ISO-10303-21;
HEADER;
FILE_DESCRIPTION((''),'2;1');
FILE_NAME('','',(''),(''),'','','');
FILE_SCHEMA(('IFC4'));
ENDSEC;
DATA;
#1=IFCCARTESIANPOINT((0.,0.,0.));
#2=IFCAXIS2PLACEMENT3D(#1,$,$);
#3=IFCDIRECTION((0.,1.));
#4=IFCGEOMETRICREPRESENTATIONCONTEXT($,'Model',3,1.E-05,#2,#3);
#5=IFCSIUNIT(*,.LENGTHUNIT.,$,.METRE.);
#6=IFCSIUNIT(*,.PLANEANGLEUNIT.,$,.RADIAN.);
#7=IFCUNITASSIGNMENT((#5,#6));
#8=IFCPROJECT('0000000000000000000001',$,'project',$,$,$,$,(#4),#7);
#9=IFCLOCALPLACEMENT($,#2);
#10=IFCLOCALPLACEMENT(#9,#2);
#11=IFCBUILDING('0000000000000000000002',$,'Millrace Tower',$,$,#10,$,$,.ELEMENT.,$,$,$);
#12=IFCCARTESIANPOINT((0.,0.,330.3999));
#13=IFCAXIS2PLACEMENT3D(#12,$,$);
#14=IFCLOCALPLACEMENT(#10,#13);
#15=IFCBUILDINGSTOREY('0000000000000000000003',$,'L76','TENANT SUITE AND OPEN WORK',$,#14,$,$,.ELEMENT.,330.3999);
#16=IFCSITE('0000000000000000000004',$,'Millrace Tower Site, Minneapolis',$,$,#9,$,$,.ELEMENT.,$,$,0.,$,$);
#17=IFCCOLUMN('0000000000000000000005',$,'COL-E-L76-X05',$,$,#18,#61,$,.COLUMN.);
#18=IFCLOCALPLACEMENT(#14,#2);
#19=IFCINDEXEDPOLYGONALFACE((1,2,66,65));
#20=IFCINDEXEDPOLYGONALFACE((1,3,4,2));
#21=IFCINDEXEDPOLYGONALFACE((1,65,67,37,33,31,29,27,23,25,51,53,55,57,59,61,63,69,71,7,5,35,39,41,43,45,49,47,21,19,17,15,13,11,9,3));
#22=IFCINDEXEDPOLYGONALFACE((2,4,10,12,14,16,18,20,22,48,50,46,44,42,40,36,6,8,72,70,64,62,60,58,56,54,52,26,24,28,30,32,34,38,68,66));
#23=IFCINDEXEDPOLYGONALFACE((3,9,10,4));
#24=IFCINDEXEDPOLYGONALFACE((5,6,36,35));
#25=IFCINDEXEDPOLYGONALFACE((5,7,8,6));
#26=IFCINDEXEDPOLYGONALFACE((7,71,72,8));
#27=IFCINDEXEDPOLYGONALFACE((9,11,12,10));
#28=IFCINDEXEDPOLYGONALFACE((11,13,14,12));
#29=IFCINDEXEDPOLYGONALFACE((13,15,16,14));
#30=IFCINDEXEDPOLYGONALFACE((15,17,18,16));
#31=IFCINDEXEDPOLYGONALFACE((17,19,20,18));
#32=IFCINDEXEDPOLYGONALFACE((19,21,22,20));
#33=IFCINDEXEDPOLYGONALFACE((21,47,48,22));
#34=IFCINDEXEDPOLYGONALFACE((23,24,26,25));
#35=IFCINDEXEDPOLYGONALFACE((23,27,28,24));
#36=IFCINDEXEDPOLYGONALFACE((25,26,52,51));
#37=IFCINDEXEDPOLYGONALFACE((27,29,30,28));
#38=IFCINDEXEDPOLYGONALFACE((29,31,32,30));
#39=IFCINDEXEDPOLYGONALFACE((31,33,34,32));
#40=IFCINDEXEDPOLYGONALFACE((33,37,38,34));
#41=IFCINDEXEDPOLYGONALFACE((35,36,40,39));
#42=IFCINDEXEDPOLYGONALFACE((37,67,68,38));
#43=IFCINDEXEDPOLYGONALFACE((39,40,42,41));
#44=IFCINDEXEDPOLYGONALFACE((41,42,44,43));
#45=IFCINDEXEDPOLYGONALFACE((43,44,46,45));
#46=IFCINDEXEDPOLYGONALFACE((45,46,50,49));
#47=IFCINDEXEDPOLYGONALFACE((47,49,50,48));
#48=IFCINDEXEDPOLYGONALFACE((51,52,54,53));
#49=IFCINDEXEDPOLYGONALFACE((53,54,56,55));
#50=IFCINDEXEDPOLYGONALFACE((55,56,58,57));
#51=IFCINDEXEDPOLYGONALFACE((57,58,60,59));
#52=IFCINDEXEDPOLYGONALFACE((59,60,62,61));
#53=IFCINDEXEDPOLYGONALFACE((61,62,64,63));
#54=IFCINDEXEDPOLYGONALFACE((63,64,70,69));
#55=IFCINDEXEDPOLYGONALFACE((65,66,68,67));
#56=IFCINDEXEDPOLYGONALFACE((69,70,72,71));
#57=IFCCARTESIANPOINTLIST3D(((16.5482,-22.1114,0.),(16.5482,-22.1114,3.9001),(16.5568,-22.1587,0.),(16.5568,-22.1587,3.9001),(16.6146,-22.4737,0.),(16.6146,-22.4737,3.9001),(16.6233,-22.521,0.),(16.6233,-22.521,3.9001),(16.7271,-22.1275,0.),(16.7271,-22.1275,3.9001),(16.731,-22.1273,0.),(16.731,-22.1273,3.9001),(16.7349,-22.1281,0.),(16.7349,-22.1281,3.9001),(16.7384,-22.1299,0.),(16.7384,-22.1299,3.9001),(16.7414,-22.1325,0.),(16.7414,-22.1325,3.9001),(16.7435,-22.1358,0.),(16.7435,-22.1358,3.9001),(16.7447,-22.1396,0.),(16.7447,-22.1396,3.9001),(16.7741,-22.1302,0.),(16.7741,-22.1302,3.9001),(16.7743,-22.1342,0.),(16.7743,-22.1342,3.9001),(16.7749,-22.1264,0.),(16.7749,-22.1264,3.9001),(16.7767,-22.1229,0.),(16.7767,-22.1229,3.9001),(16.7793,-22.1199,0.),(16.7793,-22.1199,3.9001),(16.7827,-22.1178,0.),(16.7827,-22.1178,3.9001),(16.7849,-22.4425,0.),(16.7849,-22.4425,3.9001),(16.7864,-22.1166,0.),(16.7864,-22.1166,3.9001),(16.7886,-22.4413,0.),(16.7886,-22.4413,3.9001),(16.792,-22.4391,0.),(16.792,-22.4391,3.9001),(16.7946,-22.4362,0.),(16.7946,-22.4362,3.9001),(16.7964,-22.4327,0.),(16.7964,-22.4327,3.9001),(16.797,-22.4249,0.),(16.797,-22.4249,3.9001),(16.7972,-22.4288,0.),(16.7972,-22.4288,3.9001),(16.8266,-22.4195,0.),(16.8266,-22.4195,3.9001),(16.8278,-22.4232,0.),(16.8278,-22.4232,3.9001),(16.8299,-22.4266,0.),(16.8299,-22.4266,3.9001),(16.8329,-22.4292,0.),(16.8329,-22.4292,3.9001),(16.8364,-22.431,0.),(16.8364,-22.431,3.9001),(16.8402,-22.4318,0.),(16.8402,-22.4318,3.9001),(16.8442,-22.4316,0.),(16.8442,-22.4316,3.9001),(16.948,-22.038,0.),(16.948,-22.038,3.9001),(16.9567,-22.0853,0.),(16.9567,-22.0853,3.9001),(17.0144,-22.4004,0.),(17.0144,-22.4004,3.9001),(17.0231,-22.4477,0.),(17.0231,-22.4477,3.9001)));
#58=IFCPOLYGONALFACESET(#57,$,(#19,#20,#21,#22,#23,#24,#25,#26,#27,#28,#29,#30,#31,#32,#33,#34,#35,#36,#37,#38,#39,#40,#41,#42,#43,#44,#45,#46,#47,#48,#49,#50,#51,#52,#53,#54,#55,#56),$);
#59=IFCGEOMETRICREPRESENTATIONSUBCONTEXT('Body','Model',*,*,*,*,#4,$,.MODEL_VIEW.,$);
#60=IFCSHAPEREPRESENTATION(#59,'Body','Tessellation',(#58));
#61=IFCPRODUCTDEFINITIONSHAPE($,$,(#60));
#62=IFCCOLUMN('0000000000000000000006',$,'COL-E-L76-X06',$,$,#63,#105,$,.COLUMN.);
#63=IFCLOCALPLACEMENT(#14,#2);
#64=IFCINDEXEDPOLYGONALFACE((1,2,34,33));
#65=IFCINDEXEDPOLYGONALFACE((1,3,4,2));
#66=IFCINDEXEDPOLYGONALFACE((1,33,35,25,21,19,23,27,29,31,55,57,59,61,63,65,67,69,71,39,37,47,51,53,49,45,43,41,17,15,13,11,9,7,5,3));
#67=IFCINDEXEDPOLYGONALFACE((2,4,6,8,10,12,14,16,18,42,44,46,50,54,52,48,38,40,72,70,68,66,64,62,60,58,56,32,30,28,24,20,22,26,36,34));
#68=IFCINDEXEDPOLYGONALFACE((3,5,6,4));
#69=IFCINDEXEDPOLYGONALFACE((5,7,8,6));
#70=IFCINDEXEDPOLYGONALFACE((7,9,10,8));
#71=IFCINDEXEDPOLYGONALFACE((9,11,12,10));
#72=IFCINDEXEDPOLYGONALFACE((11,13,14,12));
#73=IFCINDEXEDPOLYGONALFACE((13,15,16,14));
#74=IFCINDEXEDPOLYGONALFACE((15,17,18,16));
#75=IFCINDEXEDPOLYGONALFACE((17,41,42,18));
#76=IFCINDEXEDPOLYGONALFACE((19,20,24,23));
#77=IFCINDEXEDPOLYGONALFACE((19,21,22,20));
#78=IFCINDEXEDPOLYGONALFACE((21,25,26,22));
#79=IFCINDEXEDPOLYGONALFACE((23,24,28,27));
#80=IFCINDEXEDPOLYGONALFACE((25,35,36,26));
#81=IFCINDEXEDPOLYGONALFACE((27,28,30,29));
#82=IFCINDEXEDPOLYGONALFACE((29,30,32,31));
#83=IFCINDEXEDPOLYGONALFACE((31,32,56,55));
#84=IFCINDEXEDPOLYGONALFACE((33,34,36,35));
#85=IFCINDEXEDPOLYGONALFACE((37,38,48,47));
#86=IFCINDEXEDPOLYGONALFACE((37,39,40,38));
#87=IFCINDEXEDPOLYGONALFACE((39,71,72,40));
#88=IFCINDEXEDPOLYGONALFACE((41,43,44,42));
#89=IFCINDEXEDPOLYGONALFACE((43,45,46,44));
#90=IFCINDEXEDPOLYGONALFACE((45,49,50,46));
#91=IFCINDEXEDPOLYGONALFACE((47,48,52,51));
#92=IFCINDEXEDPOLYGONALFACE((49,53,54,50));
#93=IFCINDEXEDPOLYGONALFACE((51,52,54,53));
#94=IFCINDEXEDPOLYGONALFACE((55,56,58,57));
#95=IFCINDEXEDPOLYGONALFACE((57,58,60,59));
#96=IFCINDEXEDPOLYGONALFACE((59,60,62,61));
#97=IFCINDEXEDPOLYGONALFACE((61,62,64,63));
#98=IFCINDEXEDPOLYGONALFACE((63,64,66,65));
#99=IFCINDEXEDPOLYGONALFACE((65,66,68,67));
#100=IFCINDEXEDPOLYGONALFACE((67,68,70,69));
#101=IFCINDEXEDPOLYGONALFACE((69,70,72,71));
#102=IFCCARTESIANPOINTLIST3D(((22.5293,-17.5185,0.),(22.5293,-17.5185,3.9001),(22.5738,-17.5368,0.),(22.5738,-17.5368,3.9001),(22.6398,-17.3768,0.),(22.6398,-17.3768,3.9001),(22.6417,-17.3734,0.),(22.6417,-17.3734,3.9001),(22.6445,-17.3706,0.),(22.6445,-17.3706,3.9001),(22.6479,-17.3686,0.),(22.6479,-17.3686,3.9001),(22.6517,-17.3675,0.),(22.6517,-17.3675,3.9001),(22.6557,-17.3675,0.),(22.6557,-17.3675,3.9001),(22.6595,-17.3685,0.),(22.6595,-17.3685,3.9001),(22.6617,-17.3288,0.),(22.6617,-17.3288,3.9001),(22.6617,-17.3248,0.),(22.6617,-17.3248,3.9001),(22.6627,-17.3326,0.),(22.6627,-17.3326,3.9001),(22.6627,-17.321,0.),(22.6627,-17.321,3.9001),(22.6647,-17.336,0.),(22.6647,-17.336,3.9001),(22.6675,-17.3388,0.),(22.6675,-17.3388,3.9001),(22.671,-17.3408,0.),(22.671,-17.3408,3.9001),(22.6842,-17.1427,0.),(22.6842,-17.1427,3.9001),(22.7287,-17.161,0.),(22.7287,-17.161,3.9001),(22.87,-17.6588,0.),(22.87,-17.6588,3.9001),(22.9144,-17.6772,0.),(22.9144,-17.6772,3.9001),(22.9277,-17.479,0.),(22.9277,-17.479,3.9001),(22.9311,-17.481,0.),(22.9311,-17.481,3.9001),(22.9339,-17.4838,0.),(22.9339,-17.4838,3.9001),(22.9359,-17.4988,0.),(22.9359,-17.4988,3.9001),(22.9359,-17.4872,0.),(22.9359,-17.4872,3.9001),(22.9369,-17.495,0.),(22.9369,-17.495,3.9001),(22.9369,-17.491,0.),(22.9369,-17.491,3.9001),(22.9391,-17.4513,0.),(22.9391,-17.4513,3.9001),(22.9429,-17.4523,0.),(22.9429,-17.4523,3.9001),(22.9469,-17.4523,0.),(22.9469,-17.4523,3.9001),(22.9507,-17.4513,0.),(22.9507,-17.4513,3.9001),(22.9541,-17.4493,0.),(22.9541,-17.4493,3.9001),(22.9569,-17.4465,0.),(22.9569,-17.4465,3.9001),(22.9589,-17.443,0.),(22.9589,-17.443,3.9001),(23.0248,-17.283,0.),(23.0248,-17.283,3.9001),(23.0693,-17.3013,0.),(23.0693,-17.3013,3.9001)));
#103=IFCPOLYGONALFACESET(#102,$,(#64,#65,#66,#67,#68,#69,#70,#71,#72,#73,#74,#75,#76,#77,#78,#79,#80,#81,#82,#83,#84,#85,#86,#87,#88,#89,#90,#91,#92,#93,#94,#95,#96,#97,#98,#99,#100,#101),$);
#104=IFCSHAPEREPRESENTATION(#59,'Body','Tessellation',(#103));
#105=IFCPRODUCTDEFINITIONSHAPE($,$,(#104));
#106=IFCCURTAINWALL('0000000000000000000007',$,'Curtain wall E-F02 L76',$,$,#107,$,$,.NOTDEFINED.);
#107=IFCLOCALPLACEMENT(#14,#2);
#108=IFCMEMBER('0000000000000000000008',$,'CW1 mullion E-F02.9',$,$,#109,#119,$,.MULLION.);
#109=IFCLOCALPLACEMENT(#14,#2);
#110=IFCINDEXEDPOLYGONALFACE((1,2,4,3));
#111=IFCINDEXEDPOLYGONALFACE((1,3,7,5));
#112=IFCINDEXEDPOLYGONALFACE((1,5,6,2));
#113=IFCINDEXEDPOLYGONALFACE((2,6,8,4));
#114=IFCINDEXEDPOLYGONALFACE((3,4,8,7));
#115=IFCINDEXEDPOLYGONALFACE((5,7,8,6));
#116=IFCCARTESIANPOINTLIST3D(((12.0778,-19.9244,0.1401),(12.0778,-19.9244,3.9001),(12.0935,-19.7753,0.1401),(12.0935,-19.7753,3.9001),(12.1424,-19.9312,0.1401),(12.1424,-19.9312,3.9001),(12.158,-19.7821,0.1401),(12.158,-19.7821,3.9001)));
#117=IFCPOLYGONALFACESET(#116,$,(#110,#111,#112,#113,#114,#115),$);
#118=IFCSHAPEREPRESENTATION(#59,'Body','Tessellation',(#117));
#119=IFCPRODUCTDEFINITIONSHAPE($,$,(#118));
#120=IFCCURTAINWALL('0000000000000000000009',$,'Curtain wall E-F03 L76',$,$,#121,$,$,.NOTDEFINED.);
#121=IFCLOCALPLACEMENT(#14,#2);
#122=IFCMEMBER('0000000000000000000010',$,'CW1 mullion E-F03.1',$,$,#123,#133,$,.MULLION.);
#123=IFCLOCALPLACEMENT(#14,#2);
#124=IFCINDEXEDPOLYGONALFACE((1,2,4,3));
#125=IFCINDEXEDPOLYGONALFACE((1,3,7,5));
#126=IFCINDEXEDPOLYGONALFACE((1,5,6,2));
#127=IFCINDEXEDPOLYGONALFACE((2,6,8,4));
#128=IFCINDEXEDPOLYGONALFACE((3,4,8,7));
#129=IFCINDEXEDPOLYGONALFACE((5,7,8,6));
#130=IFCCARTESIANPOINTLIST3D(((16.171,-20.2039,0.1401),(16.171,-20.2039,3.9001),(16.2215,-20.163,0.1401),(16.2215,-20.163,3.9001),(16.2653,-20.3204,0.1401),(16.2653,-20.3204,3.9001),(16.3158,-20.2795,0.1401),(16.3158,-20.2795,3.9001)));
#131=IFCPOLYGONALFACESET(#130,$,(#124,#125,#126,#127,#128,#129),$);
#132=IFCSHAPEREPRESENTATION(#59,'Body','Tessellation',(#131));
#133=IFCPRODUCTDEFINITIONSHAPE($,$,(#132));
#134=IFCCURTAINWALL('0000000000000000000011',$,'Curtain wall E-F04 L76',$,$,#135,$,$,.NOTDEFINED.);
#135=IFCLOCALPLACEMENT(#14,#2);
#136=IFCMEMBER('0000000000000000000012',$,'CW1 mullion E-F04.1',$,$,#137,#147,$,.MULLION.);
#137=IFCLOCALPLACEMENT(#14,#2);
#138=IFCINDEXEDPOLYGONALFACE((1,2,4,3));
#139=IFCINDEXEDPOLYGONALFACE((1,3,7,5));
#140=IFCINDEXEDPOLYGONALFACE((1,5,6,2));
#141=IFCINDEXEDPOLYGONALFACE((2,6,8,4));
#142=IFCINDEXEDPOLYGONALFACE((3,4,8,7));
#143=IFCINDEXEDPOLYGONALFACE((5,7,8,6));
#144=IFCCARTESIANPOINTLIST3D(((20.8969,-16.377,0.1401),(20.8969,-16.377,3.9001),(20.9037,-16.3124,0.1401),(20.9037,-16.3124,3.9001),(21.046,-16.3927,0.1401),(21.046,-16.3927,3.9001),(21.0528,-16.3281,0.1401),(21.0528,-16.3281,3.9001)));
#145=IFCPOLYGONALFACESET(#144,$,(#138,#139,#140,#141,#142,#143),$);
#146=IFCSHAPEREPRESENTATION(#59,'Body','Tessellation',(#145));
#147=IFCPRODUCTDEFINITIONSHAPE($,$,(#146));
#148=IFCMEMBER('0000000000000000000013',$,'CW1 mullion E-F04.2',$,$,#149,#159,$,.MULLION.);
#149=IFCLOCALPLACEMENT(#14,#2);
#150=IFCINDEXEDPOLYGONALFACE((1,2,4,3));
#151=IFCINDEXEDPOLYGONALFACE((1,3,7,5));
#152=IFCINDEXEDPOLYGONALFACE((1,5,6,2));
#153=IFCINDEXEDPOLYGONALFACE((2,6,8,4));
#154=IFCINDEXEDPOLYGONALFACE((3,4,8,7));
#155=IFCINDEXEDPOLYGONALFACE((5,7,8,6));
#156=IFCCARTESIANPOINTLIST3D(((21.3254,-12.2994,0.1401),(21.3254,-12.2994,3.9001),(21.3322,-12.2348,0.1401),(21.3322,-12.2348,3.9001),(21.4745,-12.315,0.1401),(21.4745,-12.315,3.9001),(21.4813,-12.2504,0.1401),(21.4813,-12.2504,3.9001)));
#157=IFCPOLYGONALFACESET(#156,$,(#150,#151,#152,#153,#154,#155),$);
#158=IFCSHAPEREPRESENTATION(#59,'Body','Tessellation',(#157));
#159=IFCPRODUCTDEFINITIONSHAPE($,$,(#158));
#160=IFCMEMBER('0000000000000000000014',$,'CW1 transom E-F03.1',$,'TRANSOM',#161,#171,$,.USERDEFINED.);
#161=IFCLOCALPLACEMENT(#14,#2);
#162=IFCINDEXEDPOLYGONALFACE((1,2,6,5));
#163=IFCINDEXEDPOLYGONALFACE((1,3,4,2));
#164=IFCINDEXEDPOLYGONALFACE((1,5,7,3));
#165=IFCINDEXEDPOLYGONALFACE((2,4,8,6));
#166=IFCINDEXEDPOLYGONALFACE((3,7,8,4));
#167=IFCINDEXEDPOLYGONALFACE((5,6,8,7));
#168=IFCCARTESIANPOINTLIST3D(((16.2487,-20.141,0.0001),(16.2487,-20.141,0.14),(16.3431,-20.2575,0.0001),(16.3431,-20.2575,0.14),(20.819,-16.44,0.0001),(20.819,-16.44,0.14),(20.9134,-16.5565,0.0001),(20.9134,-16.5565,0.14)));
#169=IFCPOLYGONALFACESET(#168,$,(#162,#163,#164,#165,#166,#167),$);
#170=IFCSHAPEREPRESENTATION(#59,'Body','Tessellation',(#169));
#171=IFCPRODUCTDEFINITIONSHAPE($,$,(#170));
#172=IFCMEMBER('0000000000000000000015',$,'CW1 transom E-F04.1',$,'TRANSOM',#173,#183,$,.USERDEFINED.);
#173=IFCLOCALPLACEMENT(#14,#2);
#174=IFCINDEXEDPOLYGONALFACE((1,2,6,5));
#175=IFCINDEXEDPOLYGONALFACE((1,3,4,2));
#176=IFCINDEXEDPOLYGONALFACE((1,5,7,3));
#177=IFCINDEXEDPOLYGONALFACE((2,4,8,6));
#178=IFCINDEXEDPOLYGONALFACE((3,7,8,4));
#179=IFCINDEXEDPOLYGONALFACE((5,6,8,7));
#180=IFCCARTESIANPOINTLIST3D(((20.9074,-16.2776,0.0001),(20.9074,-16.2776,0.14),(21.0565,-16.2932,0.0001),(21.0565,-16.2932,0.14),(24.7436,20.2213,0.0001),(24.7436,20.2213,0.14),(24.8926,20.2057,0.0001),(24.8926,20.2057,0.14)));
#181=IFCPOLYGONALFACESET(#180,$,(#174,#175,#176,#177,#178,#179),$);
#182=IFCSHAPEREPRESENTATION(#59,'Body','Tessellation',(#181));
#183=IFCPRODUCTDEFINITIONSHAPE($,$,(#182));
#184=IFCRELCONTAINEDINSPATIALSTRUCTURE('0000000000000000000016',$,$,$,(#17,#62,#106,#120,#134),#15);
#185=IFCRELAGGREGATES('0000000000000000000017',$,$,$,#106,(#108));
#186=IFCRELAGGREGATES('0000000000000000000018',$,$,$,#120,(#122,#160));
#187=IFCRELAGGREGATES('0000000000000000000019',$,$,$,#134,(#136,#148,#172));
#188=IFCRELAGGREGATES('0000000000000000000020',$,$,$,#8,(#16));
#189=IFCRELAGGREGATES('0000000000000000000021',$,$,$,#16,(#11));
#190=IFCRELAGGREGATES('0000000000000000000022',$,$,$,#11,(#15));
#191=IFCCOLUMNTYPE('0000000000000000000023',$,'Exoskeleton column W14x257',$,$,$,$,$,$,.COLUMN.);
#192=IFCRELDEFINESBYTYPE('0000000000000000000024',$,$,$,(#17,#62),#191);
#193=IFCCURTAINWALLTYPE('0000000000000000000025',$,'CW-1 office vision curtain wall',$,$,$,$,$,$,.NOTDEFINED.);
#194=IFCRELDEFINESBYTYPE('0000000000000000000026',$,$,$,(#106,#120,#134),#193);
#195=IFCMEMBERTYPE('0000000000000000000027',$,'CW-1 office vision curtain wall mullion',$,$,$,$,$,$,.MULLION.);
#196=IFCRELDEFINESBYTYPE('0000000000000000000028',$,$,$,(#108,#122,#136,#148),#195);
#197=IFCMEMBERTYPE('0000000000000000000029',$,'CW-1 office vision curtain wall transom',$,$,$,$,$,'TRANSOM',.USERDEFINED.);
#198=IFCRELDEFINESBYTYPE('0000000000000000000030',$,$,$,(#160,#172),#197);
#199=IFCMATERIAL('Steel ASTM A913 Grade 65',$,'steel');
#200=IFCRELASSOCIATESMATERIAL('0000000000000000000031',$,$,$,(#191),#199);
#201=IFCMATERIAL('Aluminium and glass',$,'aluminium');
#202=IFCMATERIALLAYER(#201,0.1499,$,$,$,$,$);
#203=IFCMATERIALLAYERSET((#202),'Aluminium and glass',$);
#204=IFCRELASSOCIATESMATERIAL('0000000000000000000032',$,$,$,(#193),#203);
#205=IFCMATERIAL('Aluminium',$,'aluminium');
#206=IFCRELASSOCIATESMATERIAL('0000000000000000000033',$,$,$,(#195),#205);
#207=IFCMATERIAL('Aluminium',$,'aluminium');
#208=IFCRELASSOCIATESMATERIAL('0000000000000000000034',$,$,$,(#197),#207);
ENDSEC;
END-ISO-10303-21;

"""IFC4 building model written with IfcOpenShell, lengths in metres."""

from ifc_helpers import new_model, si_unit, direction, frame, origin, origin_2d, place, context, subcontext, project, spatial, rectangle, i_section, extrude, material, layer, layer_set, material_profile, profile_set, type_object, element, aggregate, save


model = new_model("IFC4")

# Units and contexts
model_context = context("Model", 3, precision=1e-05, world=origin(), true_north=direction((0.0, 1.0)))
body_context = subcontext(model_context, "Body", "Model", "MODEL_VIEW")
ifc_project = project(units=[si_unit("LENGTHUNIT", "METRE"), si_unit("PLANEANGLEUNIT", "RADIAN")], contexts=[model_context])

# Site, building, storey
site_placement = place(None, origin())
site = spatial("IfcSite", under=ifc_project, at=site_placement, Name="Millrace Tower Site, Minneapolis", CompositionType="ELEMENT", RefElevation=0.0)
building_placement = place(site_placement, origin())
building = spatial("IfcBuilding", under=site, at=building_placement, Name="Millrace Tower", CompositionType="ELEMENT")
storey_placement = place(building_placement, frame((0.0, 0.0, 330.3999)))
storey = spatial("IfcBuildingStorey", under=building, at=storey_placement, Name="L76", Description="TENANT SUITE AND OPEN WORK", CompositionType="ELEMENT", Elevation=330.3999)

# Columns
ifc_material_1 = material(Name="Steel ASTM A913 Grade 65", Category="steel")
ifc_material_profile_1 = material_profile(ifc_material_1, i_section(OverallWidth=0.4065, OverallDepth=0.4165, WebThickness=0.03, FlangeThickness=0.0481, FilletRadius=0.0151, at=origin_2d()))
ifc_profile_set_1 = profile_set([ifc_material_profile_1], Name="Steel ASTM A913 Grade 65")
column_type = type_object("IfcColumnType", Name="Exoskeleton column W14x257", PredefinedType="COLUMN", material=ifc_profile_set_1)
for number, where, z_axis, x_axis, name in (
    (1, (16.7856, -22.2795, 0.0), (0.0, 0.0, 1.0), (0.983596, 0.180387, 0.0), "COL-E-L76-X05"),
    (2, (22.7993, -17.4099, 0.0), (0.0, 0.0, 1.0), (0.380947, 0.924597, 0.0), "COL-E-L76-X06"),
):
    element("IfcColumn", number, at=place(storey_placement, frame(where, z_axis=z_axis, x_axis=x_axis)), inside=storey, type_object=column_type, Name=name, PredefinedType="COLUMN", context=body_context, shape_type="SweptSolid", body=[
        extrude(i_section(OverallWidth=0.4065, OverallDepth=0.4165, WebThickness=0.03, FlangeThickness=0.0481, FilletRadius=0.0151, at=origin_2d()), origin(), (0.0, 0.0, 1.0), 3.9001),
    ])

# Curtain walls, members
ifc_material_2 = material(Name="Aluminium and glass", Category="aluminium")
ifc_layer_1 = layer(ifc_material_2, 0.1499)
ifc_layer_set_1 = layer_set([ifc_layer_1], Name="Aluminium and glass")
curtain_wall_type = type_object("IfcCurtainWallType", Name="CW-1 office vision curtain wall", PredefinedType="NOTDEFINED", material=ifc_layer_set_1)
placement = place(storey_placement, origin())
curtain_wall_1 = element("IfcCurtainWall", 3, at=placement, inside=storey, type_object=curtain_wall_type, Name="Curtain wall E-F02 L76", PredefinedType="NOTDEFINED")
ifc_material_3 = material(Name="Aluminium", Category="aluminium")
ifc_material_profile_2 = material_profile(ifc_material_3, rectangle(XDim=0.0649, YDim=0.1499, at=origin_2d()))
ifc_profile_set_2 = profile_set([ifc_material_profile_2], Name="Aluminium")
member_type_1 = type_object("IfcMemberType", Name="CW-1 office vision curtain wall mullion", PredefinedType="MULLION", material=ifc_profile_set_2)
member_1_placement = place(storey_placement, frame((12.1179, -19.8533, 0.1401), z_axis=(0.0, 0.0, 1.0), x_axis=(0.994522, -0.104528, 0.0)))
member_1 = element("IfcMember", 4, at=member_1_placement, type_object=member_type_1, Name="CW1 mullion E-F02.9", PredefinedType="MULLION", context=body_context, shape_type="SweptSolid", body=[
    extrude(rectangle(XDim=0.0649, YDim=0.1499, at=origin_2d()), origin(), (0.0, 0.0, 1.0), 3.76),
])
aggregate(curtain_wall_1, [member_1])
curtain_wall_2 = element("IfcCurtainWall", 5, at=placement, inside=storey, type_object=curtain_wall_type, Name="Curtain wall E-F03 L76", PredefinedType="NOTDEFINED")
member_2_placement = place(storey_placement, frame((16.2434, -20.2417, 0.1401), z_axis=(0.0, 0.0, 1.0), x_axis=(0.777146, 0.62932, 0.0)))
member_2 = element("IfcMember", 6, at=member_2_placement, type_object=member_type_1, Name="CW1 mullion E-F03.1", PredefinedType="MULLION", context=body_context, shape_type="SweptSolid", body=[
    extrude(rectangle(XDim=0.0649, YDim=0.1499, at=origin_2d()), origin(), (0.0, 0.0, 1.0), 3.76),
])

# Curtain wall, members
curtain_wall_3 = element("IfcCurtainWall", 7, at=placement, inside=storey, type_object=curtain_wall_type, Name="Curtain wall E-F04 L76", PredefinedType="NOTDEFINED")
member_3_placement = place(storey_placement, frame((20.9749, -16.3525, 0.1401), z_axis=(0.0, 0.0, 1.0), x_axis=(0.104528, 0.994522, 0.0)))
member_3 = element("IfcMember", 8, at=member_3_placement, type_object=member_type_1, Name="CW1 mullion E-F04.1", PredefinedType="MULLION", context=body_context, shape_type="SweptSolid", body=[
    extrude(rectangle(XDim=0.0649, YDim=0.1499, at=origin_2d()), origin(), (0.0, 0.0, 1.0), 3.76),
])
member_4_placement = place(storey_placement, frame((21.4033, -12.2749, 0.1401), z_axis=(0.0, 0.0, 1.0), x_axis=(0.104528, 0.994522, 0.0)))
member_4 = element("IfcMember", 9, at=member_4_placement, type_object=member_type_1, Name="CW1 mullion E-F04.2", PredefinedType="MULLION", context=body_context, shape_type="SweptSolid", body=[
    extrude(rectangle(XDim=0.0649, YDim=0.1499, at=origin_2d()), origin(), (0.0, 0.0, 1.0), 3.76),
])

# Members
ifc_material_4 = material(Name="Aluminium", Category="aluminium")
ifc_material_profile_3 = material_profile(ifc_material_4, rectangle(XDim=0.1499, YDim=0.1399, at=origin_2d()))
ifc_profile_set_3 = profile_set([ifc_material_profile_3], Name="Aluminium")
member_type_2 = type_object("IfcMemberType", Name="CW-1 office vision curtain wall transom", ElementType="TRANSOM", PredefinedType="USERDEFINED", material=ifc_profile_set_3)
member_5_placement = place(storey_placement, frame((16.2959, -20.1992, 0.0701), z_axis=(0.777149, 0.629316, 0.0), x_axis=(-0.629316, 0.777149, 0.0)))
member_5 = element("IfcMember", 10, at=member_5_placement, type_object=member_type_2, Name="CW1 transom E-F03.1", ObjectType="TRANSOM", PredefinedType="USERDEFINED", context=body_context, shape_type="SweptSolid", body=[
    extrude(rectangle(XDim=0.1499, YDim=0.1399, at=origin_2d()), origin(), (0.0, 0.0, 1.0), 5.8809),
])
aggregate(curtain_wall_2, [member_2, member_5])
member_6_placement = place(storey_placement, frame((20.9819, -16.2854, 0.0701), z_axis=(0.104528, 0.994522, 0.0), x_axis=(-0.994522, 0.104528, 0.0)))
member_6 = element("IfcMember", 11, at=member_6_placement, type_object=member_type_2, Name="CW1 transom E-F04.1", ObjectType="TRANSOM", PredefinedType="USERDEFINED", context=body_context, shape_type="SweptSolid", body=[
    extrude(rectangle(XDim=0.1499, YDim=0.1399, at=origin_2d()), origin(), (0.0, 0.0, 1.0), 36.7),
])
aggregate(curtain_wall_3, [member_3, member_4, member_6])

save(model, "model.ifc")
